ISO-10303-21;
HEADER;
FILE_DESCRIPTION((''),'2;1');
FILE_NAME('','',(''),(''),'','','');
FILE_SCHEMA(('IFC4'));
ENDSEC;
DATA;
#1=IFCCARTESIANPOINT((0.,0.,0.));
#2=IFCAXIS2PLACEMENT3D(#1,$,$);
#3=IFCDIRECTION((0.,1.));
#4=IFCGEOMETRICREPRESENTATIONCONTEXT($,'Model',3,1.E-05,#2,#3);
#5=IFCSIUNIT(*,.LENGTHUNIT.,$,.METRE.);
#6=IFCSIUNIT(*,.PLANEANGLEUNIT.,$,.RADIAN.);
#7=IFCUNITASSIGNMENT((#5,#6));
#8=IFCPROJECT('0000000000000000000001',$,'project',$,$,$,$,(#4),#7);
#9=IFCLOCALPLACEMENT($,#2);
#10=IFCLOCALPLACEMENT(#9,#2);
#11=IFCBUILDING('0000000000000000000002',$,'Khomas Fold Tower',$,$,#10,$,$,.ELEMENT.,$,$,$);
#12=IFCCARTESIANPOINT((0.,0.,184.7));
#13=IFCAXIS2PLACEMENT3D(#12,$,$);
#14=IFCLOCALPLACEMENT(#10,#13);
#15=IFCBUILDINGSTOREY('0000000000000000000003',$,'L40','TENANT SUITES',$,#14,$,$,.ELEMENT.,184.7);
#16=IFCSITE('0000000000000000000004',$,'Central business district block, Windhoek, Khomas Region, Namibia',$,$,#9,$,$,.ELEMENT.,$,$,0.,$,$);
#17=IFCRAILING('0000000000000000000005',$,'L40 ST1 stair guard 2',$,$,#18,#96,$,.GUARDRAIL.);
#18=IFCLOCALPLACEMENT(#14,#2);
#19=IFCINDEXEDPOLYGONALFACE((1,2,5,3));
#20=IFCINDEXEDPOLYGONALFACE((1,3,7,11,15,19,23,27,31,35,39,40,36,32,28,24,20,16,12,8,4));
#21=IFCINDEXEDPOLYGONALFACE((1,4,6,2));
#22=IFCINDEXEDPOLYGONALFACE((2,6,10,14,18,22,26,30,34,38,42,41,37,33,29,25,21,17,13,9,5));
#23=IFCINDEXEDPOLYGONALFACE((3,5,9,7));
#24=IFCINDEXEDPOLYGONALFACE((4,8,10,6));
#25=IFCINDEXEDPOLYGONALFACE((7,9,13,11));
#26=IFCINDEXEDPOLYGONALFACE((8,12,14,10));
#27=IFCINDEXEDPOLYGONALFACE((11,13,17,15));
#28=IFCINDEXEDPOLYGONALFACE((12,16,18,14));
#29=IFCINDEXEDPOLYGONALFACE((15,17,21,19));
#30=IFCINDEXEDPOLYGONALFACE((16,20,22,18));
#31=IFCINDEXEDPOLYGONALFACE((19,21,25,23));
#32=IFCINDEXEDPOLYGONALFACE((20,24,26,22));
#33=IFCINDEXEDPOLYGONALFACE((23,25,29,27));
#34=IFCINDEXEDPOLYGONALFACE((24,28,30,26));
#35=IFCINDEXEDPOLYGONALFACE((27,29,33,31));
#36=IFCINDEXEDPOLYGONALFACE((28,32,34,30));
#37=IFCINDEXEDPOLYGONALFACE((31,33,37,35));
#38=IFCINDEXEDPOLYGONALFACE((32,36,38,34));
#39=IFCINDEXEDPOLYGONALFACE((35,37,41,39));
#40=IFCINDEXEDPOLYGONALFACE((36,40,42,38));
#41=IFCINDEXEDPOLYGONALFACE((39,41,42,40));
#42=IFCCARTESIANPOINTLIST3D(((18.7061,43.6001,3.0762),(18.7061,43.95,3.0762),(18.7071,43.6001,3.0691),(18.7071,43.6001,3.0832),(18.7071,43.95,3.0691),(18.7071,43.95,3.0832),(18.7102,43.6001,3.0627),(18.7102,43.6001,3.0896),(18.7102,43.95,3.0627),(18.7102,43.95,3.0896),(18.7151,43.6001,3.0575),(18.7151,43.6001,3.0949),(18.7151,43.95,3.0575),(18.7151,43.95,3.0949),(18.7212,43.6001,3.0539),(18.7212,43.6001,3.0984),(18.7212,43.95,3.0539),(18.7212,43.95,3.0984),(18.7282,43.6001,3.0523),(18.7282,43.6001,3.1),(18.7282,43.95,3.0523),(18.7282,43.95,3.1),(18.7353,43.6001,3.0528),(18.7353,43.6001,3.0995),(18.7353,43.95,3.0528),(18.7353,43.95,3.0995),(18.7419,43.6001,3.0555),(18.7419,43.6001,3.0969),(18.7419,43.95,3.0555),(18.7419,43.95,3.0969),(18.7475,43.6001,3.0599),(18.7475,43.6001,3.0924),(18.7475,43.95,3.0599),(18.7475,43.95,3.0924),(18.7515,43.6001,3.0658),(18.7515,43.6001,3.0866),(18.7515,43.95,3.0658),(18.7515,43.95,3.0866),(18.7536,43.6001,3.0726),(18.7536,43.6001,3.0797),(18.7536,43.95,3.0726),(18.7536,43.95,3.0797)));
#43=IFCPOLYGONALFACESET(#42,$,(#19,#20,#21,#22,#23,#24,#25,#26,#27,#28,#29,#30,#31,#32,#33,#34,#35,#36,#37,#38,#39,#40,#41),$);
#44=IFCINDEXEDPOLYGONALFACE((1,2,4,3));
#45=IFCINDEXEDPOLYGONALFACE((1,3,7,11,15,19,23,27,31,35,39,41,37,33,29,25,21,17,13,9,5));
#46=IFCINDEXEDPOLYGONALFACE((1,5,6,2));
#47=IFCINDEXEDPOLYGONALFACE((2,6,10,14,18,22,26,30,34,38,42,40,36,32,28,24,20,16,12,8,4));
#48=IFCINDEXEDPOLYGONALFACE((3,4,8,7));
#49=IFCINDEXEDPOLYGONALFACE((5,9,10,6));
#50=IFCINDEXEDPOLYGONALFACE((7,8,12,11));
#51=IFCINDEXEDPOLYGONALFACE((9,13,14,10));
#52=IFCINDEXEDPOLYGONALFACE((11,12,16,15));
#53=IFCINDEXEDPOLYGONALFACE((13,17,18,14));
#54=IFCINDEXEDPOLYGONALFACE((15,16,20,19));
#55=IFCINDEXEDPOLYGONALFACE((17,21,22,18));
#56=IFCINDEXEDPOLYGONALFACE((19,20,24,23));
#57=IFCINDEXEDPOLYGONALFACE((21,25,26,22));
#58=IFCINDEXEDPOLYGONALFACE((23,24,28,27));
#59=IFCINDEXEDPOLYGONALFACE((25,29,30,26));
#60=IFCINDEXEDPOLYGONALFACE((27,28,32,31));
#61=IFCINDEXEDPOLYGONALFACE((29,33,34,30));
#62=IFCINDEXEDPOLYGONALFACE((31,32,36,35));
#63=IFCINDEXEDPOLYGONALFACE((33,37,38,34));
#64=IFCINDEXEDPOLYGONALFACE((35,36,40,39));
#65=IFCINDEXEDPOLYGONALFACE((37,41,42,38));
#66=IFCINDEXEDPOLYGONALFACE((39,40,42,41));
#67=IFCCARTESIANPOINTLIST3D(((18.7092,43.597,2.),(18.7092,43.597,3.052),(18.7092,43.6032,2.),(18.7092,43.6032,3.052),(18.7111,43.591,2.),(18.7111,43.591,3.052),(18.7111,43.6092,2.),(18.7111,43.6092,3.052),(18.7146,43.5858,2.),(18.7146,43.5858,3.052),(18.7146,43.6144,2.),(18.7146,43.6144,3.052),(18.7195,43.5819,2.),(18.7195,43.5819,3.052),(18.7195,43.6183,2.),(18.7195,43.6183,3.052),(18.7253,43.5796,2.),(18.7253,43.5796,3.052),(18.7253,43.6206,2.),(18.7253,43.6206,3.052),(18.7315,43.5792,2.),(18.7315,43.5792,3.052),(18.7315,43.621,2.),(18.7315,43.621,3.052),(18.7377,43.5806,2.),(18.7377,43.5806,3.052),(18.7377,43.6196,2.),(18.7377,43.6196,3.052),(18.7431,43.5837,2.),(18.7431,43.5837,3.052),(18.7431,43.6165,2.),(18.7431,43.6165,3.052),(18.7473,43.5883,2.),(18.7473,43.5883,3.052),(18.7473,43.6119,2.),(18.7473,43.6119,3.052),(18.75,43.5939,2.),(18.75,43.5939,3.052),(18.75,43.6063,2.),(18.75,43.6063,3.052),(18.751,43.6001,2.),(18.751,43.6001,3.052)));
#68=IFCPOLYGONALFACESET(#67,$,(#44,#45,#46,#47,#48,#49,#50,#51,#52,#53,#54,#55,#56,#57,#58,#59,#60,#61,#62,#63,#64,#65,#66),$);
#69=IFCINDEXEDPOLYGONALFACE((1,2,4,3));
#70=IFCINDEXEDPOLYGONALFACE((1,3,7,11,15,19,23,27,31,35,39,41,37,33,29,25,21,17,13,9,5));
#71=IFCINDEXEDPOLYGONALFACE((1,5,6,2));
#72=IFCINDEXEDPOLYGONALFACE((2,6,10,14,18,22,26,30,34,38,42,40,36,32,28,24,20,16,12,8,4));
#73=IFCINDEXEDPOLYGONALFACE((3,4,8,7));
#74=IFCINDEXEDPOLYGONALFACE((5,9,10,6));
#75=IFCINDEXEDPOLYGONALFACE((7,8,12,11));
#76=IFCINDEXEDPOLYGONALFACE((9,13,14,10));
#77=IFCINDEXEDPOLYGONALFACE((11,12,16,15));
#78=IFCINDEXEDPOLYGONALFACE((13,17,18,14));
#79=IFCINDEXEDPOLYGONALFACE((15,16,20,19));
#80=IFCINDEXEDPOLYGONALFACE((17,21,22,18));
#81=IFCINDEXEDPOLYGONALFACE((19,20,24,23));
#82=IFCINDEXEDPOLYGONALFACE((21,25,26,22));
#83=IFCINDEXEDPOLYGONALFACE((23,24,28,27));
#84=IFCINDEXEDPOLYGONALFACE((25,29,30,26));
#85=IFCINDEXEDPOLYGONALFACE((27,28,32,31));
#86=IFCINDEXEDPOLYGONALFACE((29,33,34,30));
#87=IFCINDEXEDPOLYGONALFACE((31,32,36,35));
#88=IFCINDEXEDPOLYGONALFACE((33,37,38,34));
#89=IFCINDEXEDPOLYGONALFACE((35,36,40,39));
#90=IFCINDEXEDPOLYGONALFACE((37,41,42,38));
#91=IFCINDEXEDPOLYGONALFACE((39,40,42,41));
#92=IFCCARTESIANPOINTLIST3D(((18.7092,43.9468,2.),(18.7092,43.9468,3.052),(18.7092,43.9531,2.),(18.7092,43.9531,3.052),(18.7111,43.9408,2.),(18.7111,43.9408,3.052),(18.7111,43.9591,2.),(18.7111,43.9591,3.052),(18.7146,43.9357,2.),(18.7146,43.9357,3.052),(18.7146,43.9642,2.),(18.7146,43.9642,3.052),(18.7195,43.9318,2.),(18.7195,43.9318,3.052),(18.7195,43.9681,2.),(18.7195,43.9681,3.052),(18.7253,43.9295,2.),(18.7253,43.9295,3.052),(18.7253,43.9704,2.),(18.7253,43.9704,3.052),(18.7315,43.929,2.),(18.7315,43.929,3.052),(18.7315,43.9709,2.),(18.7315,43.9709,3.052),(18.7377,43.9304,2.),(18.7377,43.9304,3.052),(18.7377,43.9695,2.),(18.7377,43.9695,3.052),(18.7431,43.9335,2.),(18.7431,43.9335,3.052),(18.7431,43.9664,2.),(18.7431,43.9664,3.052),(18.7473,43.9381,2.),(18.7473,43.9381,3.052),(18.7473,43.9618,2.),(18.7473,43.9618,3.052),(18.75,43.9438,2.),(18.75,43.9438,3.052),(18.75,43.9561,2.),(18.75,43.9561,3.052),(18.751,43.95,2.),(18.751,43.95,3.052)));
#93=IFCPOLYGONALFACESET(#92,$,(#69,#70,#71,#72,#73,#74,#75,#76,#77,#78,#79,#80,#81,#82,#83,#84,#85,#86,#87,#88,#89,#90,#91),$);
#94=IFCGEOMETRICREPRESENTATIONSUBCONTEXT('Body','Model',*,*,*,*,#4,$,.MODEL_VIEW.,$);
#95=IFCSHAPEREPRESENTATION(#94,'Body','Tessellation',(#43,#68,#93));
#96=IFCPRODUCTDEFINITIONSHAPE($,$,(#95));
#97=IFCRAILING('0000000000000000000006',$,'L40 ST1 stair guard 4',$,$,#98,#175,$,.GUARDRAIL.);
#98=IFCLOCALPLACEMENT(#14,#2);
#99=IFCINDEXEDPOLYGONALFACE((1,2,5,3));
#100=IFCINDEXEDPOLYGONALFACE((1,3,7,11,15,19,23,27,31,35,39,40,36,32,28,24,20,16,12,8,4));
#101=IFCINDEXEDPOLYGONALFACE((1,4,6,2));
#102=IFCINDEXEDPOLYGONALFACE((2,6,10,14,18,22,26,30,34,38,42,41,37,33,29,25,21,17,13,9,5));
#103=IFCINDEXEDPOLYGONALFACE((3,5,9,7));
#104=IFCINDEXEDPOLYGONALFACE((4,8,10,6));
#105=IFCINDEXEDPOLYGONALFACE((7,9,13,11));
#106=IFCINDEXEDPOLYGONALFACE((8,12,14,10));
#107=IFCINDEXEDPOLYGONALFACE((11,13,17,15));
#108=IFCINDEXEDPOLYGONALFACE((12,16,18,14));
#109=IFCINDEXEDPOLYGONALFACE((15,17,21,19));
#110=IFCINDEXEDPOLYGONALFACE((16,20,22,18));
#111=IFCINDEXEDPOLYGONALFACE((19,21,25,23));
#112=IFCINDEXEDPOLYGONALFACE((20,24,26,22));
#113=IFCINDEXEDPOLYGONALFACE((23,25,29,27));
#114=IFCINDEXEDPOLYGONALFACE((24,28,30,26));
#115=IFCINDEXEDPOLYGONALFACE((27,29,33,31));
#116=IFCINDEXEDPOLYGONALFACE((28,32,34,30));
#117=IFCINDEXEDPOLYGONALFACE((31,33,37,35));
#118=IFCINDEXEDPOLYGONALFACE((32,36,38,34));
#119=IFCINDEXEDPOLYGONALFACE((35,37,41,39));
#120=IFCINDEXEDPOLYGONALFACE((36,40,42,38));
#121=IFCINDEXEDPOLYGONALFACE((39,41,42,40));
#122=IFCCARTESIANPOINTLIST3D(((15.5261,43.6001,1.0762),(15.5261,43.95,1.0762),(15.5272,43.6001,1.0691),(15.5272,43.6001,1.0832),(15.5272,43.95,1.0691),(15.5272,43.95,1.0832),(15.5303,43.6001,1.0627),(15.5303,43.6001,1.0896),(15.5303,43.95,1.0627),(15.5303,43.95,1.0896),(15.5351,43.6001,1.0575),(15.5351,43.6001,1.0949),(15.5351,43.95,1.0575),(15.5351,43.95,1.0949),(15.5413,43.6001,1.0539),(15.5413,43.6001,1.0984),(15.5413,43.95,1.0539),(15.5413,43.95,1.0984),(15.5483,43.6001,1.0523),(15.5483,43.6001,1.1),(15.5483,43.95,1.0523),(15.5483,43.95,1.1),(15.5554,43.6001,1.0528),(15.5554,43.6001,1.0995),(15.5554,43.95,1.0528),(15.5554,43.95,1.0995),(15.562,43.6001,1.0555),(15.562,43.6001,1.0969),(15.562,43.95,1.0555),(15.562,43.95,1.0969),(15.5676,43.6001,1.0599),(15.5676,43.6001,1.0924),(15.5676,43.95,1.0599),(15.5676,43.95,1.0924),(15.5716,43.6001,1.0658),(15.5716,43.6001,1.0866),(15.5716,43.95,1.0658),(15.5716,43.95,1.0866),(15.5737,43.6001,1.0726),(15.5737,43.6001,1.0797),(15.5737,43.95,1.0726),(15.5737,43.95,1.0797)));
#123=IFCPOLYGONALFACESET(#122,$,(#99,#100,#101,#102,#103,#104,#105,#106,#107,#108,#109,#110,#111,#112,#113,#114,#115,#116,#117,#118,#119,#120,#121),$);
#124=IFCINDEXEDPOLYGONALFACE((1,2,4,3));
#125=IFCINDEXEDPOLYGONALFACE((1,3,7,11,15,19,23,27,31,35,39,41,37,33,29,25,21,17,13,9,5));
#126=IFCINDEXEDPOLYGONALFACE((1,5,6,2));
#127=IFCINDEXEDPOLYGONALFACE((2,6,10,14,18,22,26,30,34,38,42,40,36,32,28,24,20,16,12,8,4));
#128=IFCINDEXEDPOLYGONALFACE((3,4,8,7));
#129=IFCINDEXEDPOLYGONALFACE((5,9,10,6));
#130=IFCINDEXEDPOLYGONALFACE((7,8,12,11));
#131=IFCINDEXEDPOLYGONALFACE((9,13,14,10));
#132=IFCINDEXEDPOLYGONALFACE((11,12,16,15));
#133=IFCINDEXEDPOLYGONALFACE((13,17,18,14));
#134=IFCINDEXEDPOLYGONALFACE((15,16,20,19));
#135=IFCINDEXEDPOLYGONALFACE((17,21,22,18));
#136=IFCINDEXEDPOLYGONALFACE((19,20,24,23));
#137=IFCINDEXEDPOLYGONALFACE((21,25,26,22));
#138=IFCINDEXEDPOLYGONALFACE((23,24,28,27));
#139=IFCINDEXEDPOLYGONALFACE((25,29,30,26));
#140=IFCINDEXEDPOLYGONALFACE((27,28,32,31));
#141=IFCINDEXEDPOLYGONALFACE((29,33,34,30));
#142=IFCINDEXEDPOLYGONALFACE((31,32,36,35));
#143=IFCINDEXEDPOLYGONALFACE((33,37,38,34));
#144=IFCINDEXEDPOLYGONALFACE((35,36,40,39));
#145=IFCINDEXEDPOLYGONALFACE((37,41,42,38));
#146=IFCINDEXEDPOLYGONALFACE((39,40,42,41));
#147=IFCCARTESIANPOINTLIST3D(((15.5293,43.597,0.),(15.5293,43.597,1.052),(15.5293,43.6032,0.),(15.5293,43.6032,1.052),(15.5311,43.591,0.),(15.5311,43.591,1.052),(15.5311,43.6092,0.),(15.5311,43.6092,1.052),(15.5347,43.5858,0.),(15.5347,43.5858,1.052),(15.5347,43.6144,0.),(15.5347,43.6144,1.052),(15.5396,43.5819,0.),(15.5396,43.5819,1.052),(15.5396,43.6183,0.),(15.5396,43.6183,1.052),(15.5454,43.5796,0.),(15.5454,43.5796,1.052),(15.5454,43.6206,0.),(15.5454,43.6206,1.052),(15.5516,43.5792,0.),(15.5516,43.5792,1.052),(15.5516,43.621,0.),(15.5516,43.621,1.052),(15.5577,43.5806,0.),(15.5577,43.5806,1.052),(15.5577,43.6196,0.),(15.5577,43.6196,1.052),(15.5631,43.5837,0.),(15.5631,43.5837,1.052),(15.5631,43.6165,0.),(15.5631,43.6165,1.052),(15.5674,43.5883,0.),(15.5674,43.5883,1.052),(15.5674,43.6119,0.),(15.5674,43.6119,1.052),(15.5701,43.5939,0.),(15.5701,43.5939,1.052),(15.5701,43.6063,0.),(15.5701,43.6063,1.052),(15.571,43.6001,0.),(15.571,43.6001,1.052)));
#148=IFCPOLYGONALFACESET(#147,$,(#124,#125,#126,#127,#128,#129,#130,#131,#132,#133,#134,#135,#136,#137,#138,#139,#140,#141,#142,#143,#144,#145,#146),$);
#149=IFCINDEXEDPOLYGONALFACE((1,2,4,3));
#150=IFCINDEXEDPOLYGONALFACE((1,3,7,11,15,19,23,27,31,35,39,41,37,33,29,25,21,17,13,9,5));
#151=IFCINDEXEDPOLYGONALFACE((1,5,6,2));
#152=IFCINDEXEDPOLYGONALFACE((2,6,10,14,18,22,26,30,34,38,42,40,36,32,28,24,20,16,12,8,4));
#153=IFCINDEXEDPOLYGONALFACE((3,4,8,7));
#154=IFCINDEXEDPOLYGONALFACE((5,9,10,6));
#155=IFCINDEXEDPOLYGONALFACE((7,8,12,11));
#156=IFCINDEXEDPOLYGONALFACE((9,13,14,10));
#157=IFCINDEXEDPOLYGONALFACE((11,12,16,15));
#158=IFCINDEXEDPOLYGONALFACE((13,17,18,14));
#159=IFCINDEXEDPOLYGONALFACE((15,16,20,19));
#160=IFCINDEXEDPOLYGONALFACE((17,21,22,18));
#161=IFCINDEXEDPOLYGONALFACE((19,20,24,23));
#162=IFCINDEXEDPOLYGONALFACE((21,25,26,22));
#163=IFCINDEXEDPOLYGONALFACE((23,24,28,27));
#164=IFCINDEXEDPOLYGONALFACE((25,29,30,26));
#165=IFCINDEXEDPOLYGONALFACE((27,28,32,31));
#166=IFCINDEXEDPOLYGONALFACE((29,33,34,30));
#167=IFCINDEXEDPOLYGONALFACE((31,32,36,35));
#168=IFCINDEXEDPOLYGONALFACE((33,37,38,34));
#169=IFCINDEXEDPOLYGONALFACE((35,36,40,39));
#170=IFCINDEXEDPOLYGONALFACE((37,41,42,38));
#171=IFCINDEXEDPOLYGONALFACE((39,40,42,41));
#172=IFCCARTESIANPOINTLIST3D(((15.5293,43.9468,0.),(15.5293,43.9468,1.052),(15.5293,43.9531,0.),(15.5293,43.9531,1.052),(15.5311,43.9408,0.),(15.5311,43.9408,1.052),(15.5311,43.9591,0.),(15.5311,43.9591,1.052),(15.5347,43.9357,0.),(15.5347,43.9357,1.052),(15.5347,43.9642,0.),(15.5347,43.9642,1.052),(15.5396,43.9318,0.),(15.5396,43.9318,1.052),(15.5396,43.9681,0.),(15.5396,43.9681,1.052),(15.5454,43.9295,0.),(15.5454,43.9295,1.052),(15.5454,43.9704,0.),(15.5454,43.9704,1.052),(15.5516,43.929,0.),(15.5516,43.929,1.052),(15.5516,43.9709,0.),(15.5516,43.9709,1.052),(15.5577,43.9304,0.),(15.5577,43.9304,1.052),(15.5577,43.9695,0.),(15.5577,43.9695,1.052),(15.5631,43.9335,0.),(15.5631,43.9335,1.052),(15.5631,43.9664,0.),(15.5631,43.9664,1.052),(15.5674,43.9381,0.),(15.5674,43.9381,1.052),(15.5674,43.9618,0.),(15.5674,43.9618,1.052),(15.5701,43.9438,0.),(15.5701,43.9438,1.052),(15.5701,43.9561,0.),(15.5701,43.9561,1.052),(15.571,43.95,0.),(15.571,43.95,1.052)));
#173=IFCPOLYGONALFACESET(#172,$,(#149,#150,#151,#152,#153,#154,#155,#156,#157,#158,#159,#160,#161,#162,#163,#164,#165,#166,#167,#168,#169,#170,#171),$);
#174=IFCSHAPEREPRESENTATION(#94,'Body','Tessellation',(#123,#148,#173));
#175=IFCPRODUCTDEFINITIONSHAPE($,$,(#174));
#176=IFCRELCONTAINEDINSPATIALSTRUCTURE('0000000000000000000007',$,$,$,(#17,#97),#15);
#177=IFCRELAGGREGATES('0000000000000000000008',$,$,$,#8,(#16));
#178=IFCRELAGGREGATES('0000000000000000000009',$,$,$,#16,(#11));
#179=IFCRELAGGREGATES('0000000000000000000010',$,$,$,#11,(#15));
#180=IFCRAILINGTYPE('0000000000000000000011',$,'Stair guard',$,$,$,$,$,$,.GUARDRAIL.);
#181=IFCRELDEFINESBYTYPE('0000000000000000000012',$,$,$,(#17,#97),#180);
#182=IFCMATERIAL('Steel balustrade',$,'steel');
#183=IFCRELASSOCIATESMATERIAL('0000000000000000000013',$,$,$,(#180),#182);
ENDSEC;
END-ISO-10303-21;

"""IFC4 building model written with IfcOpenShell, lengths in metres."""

from ifc_helpers import new_model, si_unit, direction, frame, origin, origin_2d, place, context, subcontext, project, spatial, circle, extrude, source, transform, mapped, material, type_object, element, save


model = new_model("IFC4")

# Units and contexts
model_context = context("Model", 3, precision=1e-05, world=origin(), true_north=direction((0.0, 1.0)))
body_context = subcontext(model_context, "Body", "Model", "MODEL_VIEW")
ifc_project = project(units=[si_unit("LENGTHUNIT", "METRE"), si_unit("PLANEANGLEUNIT", "RADIAN")], contexts=[model_context])

# Site, building, storey
site_placement = place(None, origin())
site = spatial("IfcSite", under=ifc_project, at=site_placement, Name="Central business district block, Windhoek, Khomas Region, Namibia", CompositionType="ELEMENT", RefElevation=0.0)
building_placement = place(site_placement, origin())
building = spatial("IfcBuilding", under=site, at=building_placement, Name="Khomas Fold Tower", CompositionType="ELEMENT")
storey_placement = place(building_placement, frame((0.0, 0.0, 184.7)))
storey = spatial("IfcBuildingStorey", under=building, at=storey_placement, Name="L40", Description="TENANT SUITES", CompositionType="ELEMENT", Elevation=184.7)

# Railings
ifc_material_1 = material(Name="Steel balustrade", Category="steel")
railing_type_1 = type_object("IfcRailingType", Name="Stair guard", PredefinedType="GUARDRAIL", material=ifc_material_1)
shared_shape_1 = source(origin(), body_context, "Body", "SweptSolid", [
    extrude(circle(Radius=0.0239, at=origin_2d()), frame((0.0, 0.0, 1.0762), z_axis=(0.0, 1.0, 0.0), x_axis=(-1.0, 0.0, 0.0)), (0.0, 0.0, 1.0), 0.3499),
    extrude(circle(Radius=0.021, at=origin_2d()), origin(), (0.0, 0.0, 1.0), 1.052),
    extrude(circle(Radius=0.021, at=origin_2d()), frame((0.0, 0.3499, 0.0)), (0.0, 0.0, 1.0), 1.052),
])
for number, where, name in (
    (1, (18.73, 43.6001, 2.0), "L40 ST1 stair guard 2"),
    (2, (15.55, 43.6001, 0.0), "L40 ST1 stair guard 4"),
):
    element("IfcRailing", number, at=place(storey_placement, frame(where)), inside=storey, type_object=railing_type_1, Name=name, PredefinedType="GUARDRAIL", context=body_context, shape_type="MappedRepresentation", body=[
        mapped(shared_shape_1, transform((0.0, 0.0, 0.0))),
    ])

save(model, "model.ifc")
